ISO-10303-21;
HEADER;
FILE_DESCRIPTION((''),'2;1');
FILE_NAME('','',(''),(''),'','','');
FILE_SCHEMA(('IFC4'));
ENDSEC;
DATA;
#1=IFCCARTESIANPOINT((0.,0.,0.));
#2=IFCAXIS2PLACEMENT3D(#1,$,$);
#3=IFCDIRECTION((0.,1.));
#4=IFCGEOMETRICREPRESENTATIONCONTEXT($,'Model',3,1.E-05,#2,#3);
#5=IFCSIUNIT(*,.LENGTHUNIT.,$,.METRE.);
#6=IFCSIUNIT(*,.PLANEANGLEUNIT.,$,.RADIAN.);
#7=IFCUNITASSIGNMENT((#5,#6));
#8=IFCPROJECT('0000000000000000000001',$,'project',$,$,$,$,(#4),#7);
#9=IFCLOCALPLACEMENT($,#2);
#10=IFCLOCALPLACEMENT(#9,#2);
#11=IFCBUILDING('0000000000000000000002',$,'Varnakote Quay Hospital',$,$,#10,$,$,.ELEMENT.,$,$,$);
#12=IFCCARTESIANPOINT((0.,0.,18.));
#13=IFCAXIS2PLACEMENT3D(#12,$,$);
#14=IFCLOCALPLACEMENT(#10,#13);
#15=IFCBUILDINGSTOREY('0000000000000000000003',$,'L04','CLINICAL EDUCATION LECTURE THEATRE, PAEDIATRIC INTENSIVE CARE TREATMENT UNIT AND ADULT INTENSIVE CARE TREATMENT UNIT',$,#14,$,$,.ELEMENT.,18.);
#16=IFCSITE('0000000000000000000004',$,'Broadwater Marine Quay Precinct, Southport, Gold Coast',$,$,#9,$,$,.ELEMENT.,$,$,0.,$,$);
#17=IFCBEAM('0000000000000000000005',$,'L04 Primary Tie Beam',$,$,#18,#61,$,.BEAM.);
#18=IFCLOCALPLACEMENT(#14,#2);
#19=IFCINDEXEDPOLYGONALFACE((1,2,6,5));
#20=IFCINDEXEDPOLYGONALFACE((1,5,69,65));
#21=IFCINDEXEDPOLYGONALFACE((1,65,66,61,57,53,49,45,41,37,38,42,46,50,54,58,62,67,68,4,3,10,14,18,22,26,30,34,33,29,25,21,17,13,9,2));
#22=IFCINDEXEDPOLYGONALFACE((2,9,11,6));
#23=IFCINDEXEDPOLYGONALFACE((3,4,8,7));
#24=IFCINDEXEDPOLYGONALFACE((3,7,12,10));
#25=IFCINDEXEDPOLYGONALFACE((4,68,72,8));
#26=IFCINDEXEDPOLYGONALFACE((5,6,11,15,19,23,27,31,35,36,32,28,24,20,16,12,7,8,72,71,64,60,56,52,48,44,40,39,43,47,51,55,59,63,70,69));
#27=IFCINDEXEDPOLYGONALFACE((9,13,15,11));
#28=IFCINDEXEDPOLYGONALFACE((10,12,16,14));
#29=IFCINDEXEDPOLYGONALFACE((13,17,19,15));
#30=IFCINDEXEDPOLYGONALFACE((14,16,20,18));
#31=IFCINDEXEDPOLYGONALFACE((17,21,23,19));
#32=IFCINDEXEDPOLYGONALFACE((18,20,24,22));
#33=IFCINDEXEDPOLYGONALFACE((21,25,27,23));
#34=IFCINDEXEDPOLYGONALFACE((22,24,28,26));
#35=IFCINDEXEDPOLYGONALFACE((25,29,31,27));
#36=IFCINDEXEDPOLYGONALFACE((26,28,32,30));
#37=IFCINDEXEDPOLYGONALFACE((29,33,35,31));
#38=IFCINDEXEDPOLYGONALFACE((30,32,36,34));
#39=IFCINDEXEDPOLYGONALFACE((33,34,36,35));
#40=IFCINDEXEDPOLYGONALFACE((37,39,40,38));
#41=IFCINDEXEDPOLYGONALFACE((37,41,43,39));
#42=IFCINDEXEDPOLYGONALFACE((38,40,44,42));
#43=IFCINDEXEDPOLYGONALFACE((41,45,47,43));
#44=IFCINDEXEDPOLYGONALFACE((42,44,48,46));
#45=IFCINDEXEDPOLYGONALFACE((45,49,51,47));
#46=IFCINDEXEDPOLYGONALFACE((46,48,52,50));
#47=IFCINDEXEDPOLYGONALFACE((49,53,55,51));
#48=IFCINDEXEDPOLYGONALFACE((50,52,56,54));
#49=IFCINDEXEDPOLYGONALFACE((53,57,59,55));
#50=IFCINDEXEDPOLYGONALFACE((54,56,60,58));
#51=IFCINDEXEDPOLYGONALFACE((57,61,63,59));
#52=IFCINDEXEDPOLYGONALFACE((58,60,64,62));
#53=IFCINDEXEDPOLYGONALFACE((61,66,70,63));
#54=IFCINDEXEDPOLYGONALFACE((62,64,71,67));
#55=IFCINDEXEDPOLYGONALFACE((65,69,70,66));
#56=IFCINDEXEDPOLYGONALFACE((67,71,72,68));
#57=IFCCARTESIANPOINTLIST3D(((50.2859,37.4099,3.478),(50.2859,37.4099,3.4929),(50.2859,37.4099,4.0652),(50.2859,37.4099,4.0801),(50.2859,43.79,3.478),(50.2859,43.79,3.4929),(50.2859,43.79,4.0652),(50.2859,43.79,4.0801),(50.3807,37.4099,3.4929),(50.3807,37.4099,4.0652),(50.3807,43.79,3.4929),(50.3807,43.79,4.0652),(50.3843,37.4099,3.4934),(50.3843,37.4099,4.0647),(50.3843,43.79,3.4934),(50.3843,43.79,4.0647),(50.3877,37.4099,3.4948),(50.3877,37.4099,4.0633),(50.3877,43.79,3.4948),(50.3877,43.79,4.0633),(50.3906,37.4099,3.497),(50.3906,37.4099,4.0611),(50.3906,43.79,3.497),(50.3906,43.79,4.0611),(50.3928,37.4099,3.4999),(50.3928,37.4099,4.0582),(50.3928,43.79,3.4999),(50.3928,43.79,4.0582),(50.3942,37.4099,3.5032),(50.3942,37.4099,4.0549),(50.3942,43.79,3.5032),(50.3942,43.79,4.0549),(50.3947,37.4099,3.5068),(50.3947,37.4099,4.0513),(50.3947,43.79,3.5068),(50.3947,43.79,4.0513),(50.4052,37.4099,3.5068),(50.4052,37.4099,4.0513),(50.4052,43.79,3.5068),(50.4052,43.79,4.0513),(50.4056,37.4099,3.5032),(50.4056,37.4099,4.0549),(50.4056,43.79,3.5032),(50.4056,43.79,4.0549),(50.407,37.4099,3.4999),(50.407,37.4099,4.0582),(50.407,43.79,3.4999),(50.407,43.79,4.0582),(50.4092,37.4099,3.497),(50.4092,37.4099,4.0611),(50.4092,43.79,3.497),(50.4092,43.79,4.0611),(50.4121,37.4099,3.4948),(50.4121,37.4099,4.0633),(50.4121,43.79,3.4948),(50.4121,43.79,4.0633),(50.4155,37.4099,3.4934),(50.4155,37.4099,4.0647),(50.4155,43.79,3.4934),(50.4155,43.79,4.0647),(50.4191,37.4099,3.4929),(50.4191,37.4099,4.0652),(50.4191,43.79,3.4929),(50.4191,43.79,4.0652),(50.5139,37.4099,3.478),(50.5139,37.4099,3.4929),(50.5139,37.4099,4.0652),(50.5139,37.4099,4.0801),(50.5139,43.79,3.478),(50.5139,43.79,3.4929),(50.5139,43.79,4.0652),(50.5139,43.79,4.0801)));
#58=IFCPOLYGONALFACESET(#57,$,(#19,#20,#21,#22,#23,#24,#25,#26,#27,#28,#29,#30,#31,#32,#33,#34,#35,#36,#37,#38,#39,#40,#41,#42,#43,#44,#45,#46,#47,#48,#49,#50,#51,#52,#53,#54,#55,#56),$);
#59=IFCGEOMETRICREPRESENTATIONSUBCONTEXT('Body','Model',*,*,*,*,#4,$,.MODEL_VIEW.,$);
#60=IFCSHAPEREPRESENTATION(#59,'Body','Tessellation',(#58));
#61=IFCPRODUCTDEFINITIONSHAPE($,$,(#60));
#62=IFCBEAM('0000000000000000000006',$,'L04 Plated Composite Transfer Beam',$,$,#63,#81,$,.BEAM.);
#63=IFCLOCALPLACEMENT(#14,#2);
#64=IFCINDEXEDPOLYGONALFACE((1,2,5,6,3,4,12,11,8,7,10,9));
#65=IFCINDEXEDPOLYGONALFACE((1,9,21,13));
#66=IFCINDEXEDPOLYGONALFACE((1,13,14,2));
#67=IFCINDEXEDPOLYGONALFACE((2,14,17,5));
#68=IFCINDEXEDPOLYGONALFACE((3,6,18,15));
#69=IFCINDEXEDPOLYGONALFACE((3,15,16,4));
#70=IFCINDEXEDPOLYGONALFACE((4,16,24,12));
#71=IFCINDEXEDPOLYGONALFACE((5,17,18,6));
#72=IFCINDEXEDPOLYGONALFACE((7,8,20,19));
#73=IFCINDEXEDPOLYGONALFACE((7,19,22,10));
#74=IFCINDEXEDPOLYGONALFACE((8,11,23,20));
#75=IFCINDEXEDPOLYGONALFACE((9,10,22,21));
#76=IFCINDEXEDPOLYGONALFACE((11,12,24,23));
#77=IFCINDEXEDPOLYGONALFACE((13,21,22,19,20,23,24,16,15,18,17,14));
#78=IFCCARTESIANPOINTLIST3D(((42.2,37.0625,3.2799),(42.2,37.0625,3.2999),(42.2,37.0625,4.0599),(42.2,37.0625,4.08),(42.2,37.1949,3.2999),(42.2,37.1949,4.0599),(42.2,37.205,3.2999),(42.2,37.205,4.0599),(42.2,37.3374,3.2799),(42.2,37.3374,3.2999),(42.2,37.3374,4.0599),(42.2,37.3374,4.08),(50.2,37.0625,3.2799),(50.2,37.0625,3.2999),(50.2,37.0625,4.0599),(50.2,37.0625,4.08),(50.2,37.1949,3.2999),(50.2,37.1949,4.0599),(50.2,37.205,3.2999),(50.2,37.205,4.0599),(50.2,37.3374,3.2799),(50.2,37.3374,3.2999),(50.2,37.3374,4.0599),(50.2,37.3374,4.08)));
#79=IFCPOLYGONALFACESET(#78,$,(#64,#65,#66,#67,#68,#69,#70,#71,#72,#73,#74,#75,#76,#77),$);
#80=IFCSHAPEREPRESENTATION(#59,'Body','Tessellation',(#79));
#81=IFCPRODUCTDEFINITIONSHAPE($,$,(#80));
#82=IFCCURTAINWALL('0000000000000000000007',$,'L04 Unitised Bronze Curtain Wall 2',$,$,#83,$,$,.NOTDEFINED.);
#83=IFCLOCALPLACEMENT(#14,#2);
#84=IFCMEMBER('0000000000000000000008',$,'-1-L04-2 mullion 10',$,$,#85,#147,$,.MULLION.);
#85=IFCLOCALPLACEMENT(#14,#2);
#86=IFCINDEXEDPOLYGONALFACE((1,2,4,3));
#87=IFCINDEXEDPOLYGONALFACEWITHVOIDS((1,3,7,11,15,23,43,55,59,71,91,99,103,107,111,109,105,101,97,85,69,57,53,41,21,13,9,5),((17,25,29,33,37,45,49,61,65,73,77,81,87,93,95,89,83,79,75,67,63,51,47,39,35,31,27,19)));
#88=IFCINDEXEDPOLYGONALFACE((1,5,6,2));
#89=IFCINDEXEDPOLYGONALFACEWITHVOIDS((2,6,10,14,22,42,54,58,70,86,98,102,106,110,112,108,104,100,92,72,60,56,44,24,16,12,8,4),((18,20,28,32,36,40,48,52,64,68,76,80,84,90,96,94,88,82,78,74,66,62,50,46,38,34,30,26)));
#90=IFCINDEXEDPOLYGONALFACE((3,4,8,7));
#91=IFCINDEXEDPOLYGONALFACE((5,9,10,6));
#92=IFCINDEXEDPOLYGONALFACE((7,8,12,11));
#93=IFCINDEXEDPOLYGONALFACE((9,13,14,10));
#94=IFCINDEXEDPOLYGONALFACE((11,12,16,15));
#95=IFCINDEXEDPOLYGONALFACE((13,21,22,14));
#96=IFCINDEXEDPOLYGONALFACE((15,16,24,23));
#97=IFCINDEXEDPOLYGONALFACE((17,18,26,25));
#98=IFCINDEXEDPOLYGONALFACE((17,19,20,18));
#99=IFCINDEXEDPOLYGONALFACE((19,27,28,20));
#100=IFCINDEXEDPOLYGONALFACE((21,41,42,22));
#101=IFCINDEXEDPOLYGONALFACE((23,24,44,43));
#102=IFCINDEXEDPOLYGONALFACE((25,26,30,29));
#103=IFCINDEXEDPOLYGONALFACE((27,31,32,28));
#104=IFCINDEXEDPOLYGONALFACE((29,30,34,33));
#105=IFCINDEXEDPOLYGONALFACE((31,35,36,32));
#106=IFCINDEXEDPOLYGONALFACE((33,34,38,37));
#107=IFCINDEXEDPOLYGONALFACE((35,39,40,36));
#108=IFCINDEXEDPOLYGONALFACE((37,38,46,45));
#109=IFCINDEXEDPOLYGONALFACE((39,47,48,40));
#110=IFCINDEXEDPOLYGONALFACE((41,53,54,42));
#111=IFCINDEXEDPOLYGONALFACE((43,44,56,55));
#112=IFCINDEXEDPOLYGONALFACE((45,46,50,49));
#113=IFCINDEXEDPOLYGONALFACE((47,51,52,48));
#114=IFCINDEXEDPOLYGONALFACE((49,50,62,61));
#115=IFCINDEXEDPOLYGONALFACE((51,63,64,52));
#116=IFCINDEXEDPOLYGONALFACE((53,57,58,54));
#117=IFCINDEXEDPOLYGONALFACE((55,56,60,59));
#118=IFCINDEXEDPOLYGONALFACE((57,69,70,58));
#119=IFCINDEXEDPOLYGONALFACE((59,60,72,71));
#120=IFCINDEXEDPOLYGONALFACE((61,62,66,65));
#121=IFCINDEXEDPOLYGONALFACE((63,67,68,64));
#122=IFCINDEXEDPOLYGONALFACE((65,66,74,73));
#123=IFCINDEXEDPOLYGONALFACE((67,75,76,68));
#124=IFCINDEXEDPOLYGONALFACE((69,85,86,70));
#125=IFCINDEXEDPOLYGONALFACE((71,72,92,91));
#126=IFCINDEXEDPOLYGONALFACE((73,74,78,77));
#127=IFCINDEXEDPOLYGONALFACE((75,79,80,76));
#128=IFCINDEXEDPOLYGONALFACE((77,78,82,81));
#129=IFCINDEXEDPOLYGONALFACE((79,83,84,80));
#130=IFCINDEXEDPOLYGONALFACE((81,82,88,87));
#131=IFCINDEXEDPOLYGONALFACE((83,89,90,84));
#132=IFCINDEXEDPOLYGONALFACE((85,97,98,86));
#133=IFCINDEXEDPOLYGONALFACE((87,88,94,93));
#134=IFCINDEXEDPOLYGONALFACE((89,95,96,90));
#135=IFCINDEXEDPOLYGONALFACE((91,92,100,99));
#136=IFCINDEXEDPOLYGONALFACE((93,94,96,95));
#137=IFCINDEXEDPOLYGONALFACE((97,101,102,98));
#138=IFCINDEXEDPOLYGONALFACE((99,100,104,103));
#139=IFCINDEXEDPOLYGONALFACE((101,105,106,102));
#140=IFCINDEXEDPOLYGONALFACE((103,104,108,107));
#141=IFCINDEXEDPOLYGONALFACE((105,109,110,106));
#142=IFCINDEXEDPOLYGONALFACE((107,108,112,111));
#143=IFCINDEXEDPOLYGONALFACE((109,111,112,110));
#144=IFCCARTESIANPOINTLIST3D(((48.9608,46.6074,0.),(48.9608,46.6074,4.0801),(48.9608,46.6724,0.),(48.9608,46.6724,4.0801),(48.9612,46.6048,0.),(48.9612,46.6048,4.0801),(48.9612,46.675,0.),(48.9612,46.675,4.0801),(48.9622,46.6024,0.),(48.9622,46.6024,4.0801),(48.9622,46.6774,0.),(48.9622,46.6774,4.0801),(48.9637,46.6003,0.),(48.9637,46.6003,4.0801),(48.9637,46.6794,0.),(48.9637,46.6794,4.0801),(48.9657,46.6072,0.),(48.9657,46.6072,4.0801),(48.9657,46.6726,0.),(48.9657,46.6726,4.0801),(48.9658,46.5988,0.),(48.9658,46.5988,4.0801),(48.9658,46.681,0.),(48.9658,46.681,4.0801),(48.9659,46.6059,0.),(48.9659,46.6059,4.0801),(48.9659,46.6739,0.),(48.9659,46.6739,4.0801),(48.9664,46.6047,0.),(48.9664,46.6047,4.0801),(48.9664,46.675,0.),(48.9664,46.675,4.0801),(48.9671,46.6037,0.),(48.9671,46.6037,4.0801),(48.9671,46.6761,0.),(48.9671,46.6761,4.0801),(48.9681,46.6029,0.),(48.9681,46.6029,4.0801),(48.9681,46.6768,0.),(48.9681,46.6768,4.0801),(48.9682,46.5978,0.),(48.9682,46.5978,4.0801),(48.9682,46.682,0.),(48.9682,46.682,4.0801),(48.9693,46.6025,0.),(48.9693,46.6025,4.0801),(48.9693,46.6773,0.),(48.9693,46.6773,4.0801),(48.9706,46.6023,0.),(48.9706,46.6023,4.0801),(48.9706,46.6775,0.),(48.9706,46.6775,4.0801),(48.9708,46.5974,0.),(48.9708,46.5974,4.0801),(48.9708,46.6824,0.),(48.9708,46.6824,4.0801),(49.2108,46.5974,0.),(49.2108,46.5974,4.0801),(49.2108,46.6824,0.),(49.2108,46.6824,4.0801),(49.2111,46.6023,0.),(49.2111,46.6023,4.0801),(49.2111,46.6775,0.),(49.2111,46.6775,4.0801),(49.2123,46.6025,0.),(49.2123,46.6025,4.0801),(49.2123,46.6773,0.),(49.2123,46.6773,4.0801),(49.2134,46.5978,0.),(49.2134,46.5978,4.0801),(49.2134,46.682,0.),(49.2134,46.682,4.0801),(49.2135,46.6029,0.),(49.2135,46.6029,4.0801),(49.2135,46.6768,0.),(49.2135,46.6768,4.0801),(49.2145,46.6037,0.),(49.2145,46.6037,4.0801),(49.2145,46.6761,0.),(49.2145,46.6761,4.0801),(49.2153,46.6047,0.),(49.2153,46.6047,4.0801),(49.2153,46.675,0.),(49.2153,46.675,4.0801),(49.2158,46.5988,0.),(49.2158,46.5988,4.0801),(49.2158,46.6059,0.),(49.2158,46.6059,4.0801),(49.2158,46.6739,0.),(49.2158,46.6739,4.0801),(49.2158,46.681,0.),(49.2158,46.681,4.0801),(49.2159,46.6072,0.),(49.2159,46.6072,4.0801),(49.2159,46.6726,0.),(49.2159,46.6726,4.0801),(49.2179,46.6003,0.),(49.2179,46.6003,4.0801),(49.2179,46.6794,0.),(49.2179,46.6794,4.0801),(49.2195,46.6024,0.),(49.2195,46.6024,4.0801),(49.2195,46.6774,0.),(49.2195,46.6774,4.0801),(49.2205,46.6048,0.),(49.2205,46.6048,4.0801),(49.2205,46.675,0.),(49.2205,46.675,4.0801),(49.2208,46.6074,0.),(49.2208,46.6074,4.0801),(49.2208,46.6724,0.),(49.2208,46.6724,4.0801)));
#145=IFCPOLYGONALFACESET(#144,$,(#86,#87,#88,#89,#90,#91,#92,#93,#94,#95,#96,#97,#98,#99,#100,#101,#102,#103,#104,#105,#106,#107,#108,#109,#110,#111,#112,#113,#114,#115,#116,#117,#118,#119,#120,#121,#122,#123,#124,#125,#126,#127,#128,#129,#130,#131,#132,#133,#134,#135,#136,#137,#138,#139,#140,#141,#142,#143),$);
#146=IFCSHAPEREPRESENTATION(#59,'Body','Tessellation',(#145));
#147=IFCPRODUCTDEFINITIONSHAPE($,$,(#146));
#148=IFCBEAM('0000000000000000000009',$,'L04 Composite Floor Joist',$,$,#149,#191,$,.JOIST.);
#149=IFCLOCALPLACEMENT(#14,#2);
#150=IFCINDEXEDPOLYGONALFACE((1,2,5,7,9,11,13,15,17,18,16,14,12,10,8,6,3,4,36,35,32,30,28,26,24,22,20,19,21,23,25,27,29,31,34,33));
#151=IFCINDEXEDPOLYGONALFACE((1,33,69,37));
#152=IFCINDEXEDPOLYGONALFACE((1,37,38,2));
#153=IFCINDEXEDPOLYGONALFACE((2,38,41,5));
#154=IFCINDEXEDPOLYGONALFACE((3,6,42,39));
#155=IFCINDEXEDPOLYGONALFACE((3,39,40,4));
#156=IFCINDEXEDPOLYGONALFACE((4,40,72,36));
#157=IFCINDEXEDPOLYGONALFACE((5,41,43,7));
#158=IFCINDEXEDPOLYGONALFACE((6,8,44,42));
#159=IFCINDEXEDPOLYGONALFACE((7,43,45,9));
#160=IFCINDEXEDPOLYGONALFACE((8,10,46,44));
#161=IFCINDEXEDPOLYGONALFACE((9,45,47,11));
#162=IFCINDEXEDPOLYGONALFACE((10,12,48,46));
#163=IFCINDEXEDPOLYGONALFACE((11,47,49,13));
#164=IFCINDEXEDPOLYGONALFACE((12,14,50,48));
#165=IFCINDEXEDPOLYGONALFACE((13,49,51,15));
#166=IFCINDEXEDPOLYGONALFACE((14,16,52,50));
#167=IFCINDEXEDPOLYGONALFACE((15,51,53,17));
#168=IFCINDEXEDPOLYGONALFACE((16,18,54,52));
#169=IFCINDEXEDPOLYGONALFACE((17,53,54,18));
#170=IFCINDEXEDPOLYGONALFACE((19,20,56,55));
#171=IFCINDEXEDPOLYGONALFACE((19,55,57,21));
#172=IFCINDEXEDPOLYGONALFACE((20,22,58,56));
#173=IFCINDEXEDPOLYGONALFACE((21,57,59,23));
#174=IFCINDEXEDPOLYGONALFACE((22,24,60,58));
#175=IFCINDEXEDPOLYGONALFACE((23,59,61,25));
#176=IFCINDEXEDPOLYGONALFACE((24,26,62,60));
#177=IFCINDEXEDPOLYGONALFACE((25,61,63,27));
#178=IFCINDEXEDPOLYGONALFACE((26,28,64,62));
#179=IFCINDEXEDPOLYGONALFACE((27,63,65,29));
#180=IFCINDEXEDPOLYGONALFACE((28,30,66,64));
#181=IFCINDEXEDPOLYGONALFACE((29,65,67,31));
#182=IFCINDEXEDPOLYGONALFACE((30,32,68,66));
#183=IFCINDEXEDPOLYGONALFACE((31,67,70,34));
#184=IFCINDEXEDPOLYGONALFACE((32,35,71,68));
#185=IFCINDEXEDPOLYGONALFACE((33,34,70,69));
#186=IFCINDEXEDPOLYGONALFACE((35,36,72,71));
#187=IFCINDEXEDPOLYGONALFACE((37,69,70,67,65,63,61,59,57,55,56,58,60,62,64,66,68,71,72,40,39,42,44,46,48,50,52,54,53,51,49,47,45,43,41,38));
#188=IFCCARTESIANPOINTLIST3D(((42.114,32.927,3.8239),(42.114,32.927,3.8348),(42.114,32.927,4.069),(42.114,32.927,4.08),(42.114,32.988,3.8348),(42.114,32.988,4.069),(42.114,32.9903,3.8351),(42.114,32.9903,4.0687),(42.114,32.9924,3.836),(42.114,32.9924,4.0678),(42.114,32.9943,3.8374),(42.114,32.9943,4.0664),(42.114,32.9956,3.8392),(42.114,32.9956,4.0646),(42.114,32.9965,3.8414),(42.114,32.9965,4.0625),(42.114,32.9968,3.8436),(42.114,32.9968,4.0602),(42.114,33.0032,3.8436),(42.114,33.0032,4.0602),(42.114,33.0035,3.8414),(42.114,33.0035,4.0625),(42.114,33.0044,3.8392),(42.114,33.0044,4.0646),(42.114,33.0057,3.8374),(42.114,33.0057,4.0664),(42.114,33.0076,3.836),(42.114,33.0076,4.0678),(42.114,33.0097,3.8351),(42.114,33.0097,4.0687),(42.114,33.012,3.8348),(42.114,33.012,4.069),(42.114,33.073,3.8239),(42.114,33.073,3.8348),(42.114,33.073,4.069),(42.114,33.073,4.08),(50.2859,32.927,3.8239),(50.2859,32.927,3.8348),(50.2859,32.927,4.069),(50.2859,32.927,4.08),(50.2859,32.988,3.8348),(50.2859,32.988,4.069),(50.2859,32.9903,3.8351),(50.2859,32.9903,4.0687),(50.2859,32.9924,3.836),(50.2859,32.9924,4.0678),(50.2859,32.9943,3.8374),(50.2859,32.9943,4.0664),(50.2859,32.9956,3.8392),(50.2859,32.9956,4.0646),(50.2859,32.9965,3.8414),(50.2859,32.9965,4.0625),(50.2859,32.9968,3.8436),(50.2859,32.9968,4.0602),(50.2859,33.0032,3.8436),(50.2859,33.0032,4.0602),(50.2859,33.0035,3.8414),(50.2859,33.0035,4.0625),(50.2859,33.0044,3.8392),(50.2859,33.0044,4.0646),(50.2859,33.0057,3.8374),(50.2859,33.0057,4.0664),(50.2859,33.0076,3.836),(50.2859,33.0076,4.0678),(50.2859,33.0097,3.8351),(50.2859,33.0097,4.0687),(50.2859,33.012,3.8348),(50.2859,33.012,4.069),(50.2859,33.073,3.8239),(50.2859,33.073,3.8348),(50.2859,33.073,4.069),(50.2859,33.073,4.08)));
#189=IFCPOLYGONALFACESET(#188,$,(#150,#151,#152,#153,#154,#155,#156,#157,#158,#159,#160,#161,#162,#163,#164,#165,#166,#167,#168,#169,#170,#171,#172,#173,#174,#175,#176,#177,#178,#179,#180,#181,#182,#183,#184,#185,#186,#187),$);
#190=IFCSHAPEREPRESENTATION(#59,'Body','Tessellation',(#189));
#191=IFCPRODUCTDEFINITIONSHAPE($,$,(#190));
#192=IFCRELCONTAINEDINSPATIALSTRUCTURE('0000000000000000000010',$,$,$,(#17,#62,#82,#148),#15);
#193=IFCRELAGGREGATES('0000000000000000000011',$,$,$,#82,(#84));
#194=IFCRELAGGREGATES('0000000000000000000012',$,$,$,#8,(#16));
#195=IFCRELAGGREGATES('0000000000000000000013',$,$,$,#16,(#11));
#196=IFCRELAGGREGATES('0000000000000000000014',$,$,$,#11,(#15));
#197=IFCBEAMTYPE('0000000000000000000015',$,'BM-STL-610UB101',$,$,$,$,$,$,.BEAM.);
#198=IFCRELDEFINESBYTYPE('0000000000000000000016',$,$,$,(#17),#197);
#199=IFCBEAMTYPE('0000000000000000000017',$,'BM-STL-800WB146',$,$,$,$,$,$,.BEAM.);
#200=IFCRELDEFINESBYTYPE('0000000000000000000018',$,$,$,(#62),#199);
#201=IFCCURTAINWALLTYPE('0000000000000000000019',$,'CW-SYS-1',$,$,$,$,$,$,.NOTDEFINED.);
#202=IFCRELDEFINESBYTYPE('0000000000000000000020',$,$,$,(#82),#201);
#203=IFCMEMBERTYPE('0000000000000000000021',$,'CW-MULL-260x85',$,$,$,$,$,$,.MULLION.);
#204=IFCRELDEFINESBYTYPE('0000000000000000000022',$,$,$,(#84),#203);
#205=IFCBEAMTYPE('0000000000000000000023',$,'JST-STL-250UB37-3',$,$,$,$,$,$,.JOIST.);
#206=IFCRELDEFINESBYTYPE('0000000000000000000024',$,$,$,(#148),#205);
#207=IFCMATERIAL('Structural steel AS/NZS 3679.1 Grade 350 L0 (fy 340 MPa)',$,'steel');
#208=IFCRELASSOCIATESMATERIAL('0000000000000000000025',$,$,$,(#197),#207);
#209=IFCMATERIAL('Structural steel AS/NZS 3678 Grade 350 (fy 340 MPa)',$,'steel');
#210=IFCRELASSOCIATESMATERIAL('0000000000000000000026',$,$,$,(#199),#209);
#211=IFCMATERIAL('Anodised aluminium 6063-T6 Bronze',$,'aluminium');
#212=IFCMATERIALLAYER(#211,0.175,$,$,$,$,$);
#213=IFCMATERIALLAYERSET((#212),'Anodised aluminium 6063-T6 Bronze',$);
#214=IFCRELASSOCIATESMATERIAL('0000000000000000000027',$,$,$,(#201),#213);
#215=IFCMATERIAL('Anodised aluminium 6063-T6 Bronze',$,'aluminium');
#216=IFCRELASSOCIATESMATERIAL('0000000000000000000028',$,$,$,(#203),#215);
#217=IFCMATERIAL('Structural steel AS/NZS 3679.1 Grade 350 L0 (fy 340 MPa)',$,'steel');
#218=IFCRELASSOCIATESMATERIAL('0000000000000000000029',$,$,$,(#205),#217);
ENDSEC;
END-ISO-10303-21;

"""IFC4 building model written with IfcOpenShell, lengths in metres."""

from ifc_helpers import new_model, si_unit, direction, frame, origin, origin_2d, place, context, subcontext, project, spatial, hollow_rectangle, i_section, extrude, material, layer, layer_set, material_profile, profile_set, type_object, element, aggregate, save


model = new_model("IFC4")

# Units and contexts
model_context = context("Model", 3, precision=1e-05, world=origin(), true_north=direction((0.0, 1.0)))
body_context = subcontext(model_context, "Body", "Model", "MODEL_VIEW")
ifc_project = project(units=[si_unit("LENGTHUNIT", "METRE"), si_unit("PLANEANGLEUNIT", "RADIAN")], contexts=[model_context])

# Site, building, storey
site_placement = place(None, origin())
site = spatial("IfcSite", under=ifc_project, at=site_placement, Name="Broadwater Marine Quay Precinct, Southport, Gold Coast", CompositionType="ELEMENT", RefElevation=0.0)
building_placement = place(site_placement, origin())
building = spatial("IfcBuilding", under=site, at=building_placement, Name="Varnakote Quay Hospital", CompositionType="ELEMENT")
storey_placement = place(building_placement, frame((0.0, 0.0, 18.0)))
storey = spatial("IfcBuildingStorey", under=building, at=storey_placement, Name="L04", Description="CLINICAL EDUCATION LECTURE THEATRE, PAEDIATRIC INTENSIVE CARE TREATMENT UNIT AND ADULT INTENSIVE CARE TREATMENT UNIT", CompositionType="ELEMENT", Elevation=18.0)

# Beams
ifc_material_1 = material(Name="Structural steel AS/NZS 3679.1 Grade 350 L0 (fy 340 MPa)", Category="steel")
ifc_material_profile_1 = material_profile(ifc_material_1, i_section(OverallWidth=0.228, OverallDepth=0.6021, WebThickness=0.0105, FlangeThickness=0.0149, FilletRadius=0.0139, at=origin_2d()), Name="610UB101")
ifc_profile_set_1 = profile_set([ifc_material_profile_1], Name="Structural steel AS/NZS 3679.1 Grade 350 L0 (fy 340 MPa)")
beam_type_1 = type_object("IfcBeamType", Name="BM-STL-610UB101", PredefinedType="BEAM", material=ifc_profile_set_1)
beam_1_placement = place(storey_placement, frame((50.3999, 37.4099, 3.7791), z_axis=(0.0, 1.0, 0.0), x_axis=(-1.0, 0.0, 0.0)))
element("IfcBeam", 1, at=beam_1_placement, inside=storey, type_object=beam_type_1, Name="L04 Primary Tie Beam", PredefinedType="BEAM", context=body_context, shape_type="SweptSolid", body=[
    extrude(i_section(OverallWidth=0.228, OverallDepth=0.6021, WebThickness=0.0105, FlangeThickness=0.0149, FilletRadius=0.0139, at=origin_2d()), origin(), (0.0, 0.0, 1.0), 6.3801),
])
ifc_material_2 = material(Name="Structural steel AS/NZS 3678 Grade 350 (fy 340 MPa)", Category="steel")
ifc_material_profile_2 = material_profile(ifc_material_2, i_section(OverallWidth=0.2749, OverallDepth=0.8, WebThickness=0.01, FlangeThickness=0.02, at=origin_2d()), Name="800WB146")
ifc_profile_set_2 = profile_set([ifc_material_profile_2], Name="Structural steel AS/NZS 3678 Grade 350 (fy 340 MPa)")
beam_type_2 = type_object("IfcBeamType", Name="BM-STL-800WB146", PredefinedType="BEAM", material=ifc_profile_set_2)
beam_2_placement = place(storey_placement, frame((42.2, 37.2, 3.6799), z_axis=(1.0, 0.0, 0.0), x_axis=(0.0, 1.0, 0.0)))
element("IfcBeam", 2, at=beam_2_placement, inside=storey, type_object=beam_type_2, Name="L04 Plated Composite Transfer Beam", PredefinedType="BEAM", context=body_context, shape_type="SweptSolid", body=[
    extrude(i_section(OverallWidth=0.2749, OverallDepth=0.8, WebThickness=0.01, FlangeThickness=0.02, at=origin_2d()), origin(), (0.0, 0.0, 1.0), 8.0),
])

# Curtain wall, member
ifc_material_3 = material(Name="Anodised aluminium 6063-T6 Bronze", Category="aluminium")
ifc_layer_1 = layer(ifc_material_3, 0.175)
ifc_layer_set_1 = layer_set([ifc_layer_1], Name="Anodised aluminium 6063-T6 Bronze")
curtain_wall_type = type_object("IfcCurtainWallType", Name="CW-SYS-1", PredefinedType="NOTDEFINED", material=ifc_layer_set_1)
curtain_wall_placement = place(storey_placement, origin())
curtain_wall = element("IfcCurtainWall", 3, at=curtain_wall_placement, inside=storey, type_object=curtain_wall_type, Name="L04 Unitised Bronze Curtain Wall 2", PredefinedType="NOTDEFINED")
ifc_material_4 = material(Name="Anodised aluminium 6063-T6 Bronze", Category="aluminium")
ifc_material_profile_3 = material_profile(ifc_material_4, hollow_rectangle(XDim=0.085, YDim=0.26, WallThickness=0.0049, InnerFilletRadius=0.0049, OuterFilletRadius=0.01, at=origin_2d()), Name="CW-MULL-260x85")
ifc_profile_set_3 = profile_set([ifc_material_profile_3], Name="Anodised aluminium 6063-T6 Bronze")
member_type = type_object("IfcMemberType", Name="CW-MULL-260x85", PredefinedType="MULLION", material=ifc_profile_set_3)
member_placement = place(storey_placement, frame((49.0908, 46.6399, 0.0), z_axis=(0.0, 0.0, 1.0), x_axis=(0.0, -1.0, 0.0)))
member = element("IfcMember", 4, at=member_placement, type_object=member_type, Name="-1-L04-2 mullion 10", PredefinedType="MULLION", context=body_context, shape_type="SweptSolid", body=[
    extrude(hollow_rectangle(XDim=0.085, YDim=0.26, WallThickness=0.0049, InnerFilletRadius=0.0049, OuterFilletRadius=0.01, at=origin_2d()), origin(), (0.0, 0.0, 1.0), 4.0801),
])
aggregate(curtain_wall, [member])

# Beam
ifc_material_5 = material(Name="Structural steel AS/NZS 3679.1 Grade 350 L0 (fy 340 MPa)", Category="steel")
ifc_material_profile_4 = material_profile(ifc_material_5, i_section(OverallWidth=0.146, OverallDepth=0.2561, WebThickness=0.0063, FlangeThickness=0.011, FilletRadius=0.0088, at=origin_2d()), Name="250UB37.3")
ifc_profile_set_4 = profile_set([ifc_material_profile_4], Name="Structural steel AS/NZS 3679.1 Grade 350 L0 (fy 340 MPa)")
beam_type_3 = type_object("IfcBeamType", Name="JST-STL-250UB37-3", PredefinedType="JOIST", material=ifc_profile_set_4)
beam_3_placement = place(storey_placement, frame((42.114, 33.0, 3.9519), z_axis=(1.0, 0.0, 0.0), x_axis=(0.0, 1.0, 0.0)))
element("IfcBeam", 5, at=beam_3_placement, inside=storey, type_object=beam_type_3, Name="L04 Composite Floor Joist", PredefinedType="JOIST", context=body_context, shape_type="SweptSolid", body=[
    extrude(i_section(OverallWidth=0.146, OverallDepth=0.2561, WebThickness=0.0063, FlangeThickness=0.011, FilletRadius=0.0088, at=origin_2d()), origin(), (0.0, 0.0, 1.0), 8.1719),
])

save(model, "model.ifc")
